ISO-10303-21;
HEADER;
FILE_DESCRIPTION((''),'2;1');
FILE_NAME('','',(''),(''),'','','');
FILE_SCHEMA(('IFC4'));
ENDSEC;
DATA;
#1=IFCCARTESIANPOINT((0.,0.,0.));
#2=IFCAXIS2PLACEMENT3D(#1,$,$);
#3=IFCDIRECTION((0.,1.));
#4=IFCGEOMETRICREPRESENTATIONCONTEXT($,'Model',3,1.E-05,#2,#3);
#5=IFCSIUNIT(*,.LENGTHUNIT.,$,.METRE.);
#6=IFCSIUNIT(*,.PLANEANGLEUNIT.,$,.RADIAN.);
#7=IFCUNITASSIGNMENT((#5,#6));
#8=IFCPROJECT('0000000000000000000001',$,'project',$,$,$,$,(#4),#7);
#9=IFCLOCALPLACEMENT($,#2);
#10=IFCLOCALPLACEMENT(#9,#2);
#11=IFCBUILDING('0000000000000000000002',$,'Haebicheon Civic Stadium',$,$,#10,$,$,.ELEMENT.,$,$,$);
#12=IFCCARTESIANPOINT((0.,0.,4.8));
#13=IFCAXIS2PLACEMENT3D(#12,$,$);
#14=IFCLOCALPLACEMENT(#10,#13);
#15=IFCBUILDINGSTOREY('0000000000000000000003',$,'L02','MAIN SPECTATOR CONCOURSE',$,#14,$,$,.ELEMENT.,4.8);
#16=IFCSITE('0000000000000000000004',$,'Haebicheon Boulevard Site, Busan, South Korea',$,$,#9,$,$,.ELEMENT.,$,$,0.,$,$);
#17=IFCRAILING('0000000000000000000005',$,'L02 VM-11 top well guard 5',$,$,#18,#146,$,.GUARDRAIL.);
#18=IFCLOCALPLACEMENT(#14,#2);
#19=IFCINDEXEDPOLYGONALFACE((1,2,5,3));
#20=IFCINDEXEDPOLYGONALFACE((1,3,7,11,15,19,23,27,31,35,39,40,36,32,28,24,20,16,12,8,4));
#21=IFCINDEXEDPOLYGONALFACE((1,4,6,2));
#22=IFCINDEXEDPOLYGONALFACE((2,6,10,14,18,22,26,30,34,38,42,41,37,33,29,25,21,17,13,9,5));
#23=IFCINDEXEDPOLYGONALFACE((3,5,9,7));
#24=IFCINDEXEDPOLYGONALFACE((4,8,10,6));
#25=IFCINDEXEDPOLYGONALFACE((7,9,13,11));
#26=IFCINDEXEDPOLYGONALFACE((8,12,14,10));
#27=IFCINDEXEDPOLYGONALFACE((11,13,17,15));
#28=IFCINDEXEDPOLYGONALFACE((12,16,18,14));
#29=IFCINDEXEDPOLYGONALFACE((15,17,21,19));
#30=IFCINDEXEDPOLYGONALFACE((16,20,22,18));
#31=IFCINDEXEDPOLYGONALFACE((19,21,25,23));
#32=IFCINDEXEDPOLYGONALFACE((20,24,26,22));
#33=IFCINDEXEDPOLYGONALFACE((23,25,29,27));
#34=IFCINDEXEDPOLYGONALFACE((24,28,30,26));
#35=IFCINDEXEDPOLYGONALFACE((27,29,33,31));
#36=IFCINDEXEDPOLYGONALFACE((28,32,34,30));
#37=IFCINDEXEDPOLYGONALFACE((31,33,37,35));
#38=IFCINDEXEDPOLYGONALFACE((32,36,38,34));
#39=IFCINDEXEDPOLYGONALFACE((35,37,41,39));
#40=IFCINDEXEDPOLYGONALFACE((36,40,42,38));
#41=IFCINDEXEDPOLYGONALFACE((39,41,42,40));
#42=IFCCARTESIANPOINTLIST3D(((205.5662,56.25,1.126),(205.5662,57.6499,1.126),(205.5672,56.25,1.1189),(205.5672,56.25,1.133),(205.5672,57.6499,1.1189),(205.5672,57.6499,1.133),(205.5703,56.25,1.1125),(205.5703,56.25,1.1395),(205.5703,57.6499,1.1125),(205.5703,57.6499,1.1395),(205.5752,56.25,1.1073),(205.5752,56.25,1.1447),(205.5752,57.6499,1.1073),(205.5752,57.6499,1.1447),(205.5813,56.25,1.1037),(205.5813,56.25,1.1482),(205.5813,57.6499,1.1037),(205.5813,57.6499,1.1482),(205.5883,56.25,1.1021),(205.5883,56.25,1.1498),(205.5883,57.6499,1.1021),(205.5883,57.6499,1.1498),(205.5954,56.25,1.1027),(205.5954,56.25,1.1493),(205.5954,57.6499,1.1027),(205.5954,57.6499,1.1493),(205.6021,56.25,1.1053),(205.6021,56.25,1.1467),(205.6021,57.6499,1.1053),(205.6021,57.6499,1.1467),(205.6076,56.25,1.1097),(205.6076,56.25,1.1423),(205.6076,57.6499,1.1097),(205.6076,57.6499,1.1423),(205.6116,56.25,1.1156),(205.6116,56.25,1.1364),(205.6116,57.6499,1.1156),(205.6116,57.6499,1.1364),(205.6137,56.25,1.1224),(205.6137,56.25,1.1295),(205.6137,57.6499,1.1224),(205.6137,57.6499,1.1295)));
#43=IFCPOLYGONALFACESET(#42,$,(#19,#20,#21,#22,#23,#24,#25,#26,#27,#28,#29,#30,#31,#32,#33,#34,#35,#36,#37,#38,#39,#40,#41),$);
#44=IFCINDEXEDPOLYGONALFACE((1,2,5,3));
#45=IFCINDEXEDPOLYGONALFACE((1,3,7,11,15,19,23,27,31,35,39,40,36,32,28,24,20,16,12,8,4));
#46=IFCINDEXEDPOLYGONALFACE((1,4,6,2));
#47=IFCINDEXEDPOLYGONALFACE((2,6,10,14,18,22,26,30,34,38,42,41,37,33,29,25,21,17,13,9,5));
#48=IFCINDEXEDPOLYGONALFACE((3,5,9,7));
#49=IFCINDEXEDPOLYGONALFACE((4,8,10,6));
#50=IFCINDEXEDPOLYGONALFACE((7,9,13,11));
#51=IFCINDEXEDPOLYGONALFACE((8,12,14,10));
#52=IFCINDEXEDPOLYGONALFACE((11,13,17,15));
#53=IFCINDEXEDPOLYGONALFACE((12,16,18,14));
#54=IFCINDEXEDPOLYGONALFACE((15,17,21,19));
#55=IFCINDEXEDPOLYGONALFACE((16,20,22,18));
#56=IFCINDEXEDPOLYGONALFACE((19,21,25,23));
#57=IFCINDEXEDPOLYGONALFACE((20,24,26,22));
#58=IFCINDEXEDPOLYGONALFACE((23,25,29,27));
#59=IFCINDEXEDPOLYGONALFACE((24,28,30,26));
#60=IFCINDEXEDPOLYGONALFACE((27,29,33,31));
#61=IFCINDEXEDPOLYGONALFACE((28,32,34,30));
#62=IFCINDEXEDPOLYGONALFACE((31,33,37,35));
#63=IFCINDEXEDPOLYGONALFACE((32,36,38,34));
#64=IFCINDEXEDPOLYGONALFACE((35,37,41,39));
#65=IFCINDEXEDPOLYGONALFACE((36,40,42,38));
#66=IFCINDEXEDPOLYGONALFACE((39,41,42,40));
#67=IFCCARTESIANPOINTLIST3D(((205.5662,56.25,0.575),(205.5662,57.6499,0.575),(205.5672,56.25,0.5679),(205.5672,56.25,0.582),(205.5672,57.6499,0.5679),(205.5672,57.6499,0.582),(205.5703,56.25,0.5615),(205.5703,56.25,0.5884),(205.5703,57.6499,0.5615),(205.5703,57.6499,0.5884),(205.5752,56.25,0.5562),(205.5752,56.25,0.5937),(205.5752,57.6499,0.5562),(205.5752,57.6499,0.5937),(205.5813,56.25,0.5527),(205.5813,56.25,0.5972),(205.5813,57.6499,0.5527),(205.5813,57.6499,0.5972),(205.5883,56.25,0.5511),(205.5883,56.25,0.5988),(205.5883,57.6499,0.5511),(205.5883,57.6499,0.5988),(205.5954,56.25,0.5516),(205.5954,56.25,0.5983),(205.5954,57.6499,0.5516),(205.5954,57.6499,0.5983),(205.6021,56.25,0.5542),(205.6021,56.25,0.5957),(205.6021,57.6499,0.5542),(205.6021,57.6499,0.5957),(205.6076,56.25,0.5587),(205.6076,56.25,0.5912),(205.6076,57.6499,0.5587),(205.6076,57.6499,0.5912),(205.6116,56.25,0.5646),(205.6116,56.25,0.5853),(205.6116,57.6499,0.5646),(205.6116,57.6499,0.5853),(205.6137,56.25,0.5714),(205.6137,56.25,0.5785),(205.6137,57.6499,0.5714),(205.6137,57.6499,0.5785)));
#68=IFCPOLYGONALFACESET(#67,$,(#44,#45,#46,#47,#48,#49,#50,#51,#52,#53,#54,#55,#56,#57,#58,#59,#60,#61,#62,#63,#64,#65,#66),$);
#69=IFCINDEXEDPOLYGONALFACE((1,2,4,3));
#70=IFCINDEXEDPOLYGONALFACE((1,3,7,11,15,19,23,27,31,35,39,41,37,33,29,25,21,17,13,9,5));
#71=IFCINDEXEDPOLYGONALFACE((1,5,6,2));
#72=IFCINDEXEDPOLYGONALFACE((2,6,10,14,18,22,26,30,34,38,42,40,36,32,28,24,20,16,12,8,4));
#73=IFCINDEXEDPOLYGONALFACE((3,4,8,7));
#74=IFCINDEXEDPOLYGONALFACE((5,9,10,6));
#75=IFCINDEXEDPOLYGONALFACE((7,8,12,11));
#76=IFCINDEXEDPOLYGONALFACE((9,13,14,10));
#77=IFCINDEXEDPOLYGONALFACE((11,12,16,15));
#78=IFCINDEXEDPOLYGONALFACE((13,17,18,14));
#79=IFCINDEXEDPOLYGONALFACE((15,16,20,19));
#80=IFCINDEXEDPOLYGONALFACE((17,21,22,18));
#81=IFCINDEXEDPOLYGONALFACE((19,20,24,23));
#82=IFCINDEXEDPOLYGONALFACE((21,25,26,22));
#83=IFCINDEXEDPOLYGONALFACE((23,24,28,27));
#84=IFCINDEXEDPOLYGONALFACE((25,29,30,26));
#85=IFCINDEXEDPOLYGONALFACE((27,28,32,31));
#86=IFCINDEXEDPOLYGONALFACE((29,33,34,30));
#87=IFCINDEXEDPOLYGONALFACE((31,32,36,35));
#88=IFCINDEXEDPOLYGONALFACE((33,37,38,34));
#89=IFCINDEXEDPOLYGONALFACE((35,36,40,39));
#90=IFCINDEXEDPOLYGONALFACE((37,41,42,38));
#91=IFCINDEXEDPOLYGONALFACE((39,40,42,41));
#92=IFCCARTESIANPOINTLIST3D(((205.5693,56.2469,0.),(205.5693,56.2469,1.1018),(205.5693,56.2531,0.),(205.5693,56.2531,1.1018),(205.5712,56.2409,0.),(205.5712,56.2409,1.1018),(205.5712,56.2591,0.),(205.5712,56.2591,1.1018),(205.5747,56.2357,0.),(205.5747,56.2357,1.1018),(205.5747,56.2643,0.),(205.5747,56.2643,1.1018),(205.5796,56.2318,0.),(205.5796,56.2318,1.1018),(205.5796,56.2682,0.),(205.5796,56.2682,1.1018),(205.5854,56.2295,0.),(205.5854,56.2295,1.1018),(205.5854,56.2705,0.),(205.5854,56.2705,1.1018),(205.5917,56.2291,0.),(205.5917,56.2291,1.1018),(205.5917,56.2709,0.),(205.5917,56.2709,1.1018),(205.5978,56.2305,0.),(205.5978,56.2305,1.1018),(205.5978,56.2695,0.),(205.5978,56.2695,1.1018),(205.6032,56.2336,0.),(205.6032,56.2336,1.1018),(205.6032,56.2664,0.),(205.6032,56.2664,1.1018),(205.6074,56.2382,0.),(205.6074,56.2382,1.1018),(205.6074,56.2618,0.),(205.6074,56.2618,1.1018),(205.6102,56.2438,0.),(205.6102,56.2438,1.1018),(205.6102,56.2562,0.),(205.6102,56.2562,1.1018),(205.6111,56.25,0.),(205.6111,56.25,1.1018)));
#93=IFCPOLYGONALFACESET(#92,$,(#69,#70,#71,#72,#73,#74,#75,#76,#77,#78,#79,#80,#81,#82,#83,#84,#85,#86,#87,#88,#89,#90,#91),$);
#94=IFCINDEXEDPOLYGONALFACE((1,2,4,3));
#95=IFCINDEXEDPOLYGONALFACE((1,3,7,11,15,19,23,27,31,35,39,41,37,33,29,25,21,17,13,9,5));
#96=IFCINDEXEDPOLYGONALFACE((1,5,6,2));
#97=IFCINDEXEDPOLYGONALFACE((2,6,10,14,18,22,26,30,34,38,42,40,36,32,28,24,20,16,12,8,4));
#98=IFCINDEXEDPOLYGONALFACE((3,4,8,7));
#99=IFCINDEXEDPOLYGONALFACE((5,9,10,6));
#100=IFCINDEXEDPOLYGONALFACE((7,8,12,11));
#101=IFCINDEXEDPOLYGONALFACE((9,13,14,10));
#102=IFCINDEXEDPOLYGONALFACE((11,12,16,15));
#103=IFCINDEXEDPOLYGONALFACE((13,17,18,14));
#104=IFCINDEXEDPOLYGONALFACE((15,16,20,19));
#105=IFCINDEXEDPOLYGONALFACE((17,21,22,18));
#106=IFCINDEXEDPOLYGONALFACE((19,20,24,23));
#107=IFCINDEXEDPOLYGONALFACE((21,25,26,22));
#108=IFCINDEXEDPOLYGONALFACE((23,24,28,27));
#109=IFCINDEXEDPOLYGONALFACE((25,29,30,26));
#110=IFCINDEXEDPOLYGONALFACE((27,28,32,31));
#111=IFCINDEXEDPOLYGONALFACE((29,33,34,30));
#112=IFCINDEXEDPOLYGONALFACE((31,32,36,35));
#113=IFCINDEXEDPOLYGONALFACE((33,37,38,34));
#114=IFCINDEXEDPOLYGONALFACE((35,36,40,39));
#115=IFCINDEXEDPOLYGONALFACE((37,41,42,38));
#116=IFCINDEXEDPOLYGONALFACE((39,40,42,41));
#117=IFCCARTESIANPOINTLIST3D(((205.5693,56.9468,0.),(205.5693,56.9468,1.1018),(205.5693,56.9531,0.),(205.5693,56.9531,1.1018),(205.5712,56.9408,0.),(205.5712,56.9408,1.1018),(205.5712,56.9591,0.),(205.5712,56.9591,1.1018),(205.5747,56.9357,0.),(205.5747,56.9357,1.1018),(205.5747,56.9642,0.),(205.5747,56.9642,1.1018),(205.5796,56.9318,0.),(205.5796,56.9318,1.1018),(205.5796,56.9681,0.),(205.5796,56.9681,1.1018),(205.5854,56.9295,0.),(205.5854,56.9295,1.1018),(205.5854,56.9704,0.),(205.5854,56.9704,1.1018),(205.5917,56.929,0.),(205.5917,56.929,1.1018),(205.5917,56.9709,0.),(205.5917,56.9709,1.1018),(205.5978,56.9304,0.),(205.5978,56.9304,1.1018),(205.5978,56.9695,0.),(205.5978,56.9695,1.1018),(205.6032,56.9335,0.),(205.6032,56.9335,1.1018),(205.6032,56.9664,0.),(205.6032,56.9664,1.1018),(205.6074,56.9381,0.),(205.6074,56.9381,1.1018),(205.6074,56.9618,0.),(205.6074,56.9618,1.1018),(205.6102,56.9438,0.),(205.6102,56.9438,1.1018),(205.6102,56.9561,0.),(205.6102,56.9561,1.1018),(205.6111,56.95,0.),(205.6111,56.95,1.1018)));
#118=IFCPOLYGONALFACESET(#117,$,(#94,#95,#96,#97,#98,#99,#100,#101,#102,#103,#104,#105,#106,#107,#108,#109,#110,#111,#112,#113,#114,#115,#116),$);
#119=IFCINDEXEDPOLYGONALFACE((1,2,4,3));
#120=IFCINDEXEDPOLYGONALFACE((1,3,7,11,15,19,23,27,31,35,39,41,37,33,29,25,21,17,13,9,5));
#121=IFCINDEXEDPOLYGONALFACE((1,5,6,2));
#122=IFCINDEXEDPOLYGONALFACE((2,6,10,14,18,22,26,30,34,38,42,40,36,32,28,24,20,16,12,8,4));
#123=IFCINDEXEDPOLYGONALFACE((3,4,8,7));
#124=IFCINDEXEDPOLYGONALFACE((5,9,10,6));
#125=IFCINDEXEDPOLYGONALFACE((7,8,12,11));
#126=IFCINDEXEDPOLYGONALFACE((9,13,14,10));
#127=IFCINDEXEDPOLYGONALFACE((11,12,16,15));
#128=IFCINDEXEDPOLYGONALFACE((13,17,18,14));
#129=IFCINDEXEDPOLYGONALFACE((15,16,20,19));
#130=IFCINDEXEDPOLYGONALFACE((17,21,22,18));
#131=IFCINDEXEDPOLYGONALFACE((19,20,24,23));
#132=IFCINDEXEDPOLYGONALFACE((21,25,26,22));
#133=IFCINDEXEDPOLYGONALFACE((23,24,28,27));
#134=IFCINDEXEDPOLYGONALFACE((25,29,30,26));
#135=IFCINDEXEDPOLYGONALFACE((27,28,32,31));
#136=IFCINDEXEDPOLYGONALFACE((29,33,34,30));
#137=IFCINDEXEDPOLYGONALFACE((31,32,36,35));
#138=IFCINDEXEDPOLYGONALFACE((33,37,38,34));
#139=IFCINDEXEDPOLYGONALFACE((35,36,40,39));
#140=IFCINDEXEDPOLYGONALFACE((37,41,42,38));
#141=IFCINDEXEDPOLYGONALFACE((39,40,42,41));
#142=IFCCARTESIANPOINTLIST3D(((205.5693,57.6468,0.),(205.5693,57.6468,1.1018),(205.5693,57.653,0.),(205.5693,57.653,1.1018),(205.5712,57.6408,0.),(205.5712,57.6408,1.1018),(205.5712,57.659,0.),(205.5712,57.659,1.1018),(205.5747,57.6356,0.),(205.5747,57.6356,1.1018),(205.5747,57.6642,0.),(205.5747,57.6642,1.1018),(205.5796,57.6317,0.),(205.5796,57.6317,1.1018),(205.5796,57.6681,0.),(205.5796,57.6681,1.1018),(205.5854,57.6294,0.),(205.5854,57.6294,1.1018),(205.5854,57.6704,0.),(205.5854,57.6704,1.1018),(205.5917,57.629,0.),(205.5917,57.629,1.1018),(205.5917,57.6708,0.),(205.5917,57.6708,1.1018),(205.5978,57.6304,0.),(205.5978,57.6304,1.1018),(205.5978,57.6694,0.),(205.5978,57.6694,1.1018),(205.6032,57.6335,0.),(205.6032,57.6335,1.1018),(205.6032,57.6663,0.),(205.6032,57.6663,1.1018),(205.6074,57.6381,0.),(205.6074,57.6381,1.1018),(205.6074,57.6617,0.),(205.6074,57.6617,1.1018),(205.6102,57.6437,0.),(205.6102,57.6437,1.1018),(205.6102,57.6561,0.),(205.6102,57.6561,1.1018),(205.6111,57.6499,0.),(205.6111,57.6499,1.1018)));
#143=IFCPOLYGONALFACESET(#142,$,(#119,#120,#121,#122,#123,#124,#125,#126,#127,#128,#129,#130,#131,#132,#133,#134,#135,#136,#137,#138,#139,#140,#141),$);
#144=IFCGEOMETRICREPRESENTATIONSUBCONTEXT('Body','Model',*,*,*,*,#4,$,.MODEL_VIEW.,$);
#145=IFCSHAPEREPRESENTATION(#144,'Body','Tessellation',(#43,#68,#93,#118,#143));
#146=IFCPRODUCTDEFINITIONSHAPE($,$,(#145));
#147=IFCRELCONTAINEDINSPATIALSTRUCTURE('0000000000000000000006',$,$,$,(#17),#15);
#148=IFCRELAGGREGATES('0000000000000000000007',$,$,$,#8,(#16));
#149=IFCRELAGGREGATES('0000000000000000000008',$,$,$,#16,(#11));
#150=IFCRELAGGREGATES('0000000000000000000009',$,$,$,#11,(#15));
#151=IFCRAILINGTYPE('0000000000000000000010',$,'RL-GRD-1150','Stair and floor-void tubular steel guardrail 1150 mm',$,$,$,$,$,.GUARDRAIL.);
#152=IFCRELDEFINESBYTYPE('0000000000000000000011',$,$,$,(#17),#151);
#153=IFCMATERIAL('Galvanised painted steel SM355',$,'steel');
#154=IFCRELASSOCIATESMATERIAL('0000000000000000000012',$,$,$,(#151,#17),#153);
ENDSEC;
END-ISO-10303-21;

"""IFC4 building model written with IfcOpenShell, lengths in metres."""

from ifc_helpers import new_model, si_unit, direction, frame, origin, origin_2d, place, context, subcontext, project, spatial, circle, extrude, material, type_object, element, save


model = new_model("IFC4")

# Units and contexts
model_context = context("Model", 3, precision=1e-05, world=origin(), true_north=direction((0.0, 1.0)))
body_context = subcontext(model_context, "Body", "Model", "MODEL_VIEW")
ifc_project = project(units=[si_unit("LENGTHUNIT", "METRE"), si_unit("PLANEANGLEUNIT", "RADIAN")], contexts=[model_context])

# Site, building, storey
site_placement = place(None, origin())
site = spatial("IfcSite", under=ifc_project, at=site_placement, Name="Haebicheon Boulevard Site, Busan, South Korea", CompositionType="ELEMENT", RefElevation=0.0)
building_placement = place(site_placement, origin())
building = spatial("IfcBuilding", under=site, at=building_placement, Name="Haebicheon Civic Stadium", CompositionType="ELEMENT")
storey_placement = place(building_placement, frame((0.0, 0.0, 4.8)))
storey = spatial("IfcBuildingStorey", under=building, at=storey_placement, Name="L02", Description="MAIN SPECTATOR CONCOURSE", CompositionType="ELEMENT", Elevation=4.8)

# Railing
ifc_material_1 = material(Name="Galvanised painted steel SM355", Category="steel")
railing_type_1 = type_object("IfcRailingType", Name="RL-GRD-1150", Description="Stair and floor-void tubular steel guardrail 1150 mm", PredefinedType="GUARDRAIL", material=ifc_material_1)
for number, where, name in (
    (1, (205.5901, 56.25, 0.0), "L02 VM-11 top well guard 5"),
):
    element("IfcRailing", number, at=place(storey_placement, frame(where)), inside=storey, type_object=railing_type_1, material=ifc_material_1, Name=name, PredefinedType="GUARDRAIL", context=body_context, shape_type="SweptSolid", body=[
        extrude(circle(Radius=0.0239, at=origin_2d()), frame((0.0, 0.0, 1.126), z_axis=(0.0, 1.0, 0.0), x_axis=(-1.0, 0.0, 0.0)), (0.0, 0.0, 1.0), 1.3999),
        extrude(circle(Radius=0.0239, at=origin_2d()), frame((0.0, 0.0, 0.575), z_axis=(0.0, 1.0, 0.0), x_axis=(-1.0, 0.0, 0.0)), (0.0, 0.0, 1.0), 1.3999),
        extrude(circle(Radius=0.021, at=origin_2d()), origin(), (0.0, 0.0, 1.0), 1.1018),
        extrude(circle(Radius=0.021, at=origin_2d()), frame((0.0, 0.7, 0.0)), (0.0, 0.0, 1.0), 1.1018),
        extrude(circle(Radius=0.021, at=origin_2d()), frame((0.0, 1.3999, 0.0)), (0.0, 0.0, 1.0), 1.1018),
    ])

save(model, "model.ifc")
